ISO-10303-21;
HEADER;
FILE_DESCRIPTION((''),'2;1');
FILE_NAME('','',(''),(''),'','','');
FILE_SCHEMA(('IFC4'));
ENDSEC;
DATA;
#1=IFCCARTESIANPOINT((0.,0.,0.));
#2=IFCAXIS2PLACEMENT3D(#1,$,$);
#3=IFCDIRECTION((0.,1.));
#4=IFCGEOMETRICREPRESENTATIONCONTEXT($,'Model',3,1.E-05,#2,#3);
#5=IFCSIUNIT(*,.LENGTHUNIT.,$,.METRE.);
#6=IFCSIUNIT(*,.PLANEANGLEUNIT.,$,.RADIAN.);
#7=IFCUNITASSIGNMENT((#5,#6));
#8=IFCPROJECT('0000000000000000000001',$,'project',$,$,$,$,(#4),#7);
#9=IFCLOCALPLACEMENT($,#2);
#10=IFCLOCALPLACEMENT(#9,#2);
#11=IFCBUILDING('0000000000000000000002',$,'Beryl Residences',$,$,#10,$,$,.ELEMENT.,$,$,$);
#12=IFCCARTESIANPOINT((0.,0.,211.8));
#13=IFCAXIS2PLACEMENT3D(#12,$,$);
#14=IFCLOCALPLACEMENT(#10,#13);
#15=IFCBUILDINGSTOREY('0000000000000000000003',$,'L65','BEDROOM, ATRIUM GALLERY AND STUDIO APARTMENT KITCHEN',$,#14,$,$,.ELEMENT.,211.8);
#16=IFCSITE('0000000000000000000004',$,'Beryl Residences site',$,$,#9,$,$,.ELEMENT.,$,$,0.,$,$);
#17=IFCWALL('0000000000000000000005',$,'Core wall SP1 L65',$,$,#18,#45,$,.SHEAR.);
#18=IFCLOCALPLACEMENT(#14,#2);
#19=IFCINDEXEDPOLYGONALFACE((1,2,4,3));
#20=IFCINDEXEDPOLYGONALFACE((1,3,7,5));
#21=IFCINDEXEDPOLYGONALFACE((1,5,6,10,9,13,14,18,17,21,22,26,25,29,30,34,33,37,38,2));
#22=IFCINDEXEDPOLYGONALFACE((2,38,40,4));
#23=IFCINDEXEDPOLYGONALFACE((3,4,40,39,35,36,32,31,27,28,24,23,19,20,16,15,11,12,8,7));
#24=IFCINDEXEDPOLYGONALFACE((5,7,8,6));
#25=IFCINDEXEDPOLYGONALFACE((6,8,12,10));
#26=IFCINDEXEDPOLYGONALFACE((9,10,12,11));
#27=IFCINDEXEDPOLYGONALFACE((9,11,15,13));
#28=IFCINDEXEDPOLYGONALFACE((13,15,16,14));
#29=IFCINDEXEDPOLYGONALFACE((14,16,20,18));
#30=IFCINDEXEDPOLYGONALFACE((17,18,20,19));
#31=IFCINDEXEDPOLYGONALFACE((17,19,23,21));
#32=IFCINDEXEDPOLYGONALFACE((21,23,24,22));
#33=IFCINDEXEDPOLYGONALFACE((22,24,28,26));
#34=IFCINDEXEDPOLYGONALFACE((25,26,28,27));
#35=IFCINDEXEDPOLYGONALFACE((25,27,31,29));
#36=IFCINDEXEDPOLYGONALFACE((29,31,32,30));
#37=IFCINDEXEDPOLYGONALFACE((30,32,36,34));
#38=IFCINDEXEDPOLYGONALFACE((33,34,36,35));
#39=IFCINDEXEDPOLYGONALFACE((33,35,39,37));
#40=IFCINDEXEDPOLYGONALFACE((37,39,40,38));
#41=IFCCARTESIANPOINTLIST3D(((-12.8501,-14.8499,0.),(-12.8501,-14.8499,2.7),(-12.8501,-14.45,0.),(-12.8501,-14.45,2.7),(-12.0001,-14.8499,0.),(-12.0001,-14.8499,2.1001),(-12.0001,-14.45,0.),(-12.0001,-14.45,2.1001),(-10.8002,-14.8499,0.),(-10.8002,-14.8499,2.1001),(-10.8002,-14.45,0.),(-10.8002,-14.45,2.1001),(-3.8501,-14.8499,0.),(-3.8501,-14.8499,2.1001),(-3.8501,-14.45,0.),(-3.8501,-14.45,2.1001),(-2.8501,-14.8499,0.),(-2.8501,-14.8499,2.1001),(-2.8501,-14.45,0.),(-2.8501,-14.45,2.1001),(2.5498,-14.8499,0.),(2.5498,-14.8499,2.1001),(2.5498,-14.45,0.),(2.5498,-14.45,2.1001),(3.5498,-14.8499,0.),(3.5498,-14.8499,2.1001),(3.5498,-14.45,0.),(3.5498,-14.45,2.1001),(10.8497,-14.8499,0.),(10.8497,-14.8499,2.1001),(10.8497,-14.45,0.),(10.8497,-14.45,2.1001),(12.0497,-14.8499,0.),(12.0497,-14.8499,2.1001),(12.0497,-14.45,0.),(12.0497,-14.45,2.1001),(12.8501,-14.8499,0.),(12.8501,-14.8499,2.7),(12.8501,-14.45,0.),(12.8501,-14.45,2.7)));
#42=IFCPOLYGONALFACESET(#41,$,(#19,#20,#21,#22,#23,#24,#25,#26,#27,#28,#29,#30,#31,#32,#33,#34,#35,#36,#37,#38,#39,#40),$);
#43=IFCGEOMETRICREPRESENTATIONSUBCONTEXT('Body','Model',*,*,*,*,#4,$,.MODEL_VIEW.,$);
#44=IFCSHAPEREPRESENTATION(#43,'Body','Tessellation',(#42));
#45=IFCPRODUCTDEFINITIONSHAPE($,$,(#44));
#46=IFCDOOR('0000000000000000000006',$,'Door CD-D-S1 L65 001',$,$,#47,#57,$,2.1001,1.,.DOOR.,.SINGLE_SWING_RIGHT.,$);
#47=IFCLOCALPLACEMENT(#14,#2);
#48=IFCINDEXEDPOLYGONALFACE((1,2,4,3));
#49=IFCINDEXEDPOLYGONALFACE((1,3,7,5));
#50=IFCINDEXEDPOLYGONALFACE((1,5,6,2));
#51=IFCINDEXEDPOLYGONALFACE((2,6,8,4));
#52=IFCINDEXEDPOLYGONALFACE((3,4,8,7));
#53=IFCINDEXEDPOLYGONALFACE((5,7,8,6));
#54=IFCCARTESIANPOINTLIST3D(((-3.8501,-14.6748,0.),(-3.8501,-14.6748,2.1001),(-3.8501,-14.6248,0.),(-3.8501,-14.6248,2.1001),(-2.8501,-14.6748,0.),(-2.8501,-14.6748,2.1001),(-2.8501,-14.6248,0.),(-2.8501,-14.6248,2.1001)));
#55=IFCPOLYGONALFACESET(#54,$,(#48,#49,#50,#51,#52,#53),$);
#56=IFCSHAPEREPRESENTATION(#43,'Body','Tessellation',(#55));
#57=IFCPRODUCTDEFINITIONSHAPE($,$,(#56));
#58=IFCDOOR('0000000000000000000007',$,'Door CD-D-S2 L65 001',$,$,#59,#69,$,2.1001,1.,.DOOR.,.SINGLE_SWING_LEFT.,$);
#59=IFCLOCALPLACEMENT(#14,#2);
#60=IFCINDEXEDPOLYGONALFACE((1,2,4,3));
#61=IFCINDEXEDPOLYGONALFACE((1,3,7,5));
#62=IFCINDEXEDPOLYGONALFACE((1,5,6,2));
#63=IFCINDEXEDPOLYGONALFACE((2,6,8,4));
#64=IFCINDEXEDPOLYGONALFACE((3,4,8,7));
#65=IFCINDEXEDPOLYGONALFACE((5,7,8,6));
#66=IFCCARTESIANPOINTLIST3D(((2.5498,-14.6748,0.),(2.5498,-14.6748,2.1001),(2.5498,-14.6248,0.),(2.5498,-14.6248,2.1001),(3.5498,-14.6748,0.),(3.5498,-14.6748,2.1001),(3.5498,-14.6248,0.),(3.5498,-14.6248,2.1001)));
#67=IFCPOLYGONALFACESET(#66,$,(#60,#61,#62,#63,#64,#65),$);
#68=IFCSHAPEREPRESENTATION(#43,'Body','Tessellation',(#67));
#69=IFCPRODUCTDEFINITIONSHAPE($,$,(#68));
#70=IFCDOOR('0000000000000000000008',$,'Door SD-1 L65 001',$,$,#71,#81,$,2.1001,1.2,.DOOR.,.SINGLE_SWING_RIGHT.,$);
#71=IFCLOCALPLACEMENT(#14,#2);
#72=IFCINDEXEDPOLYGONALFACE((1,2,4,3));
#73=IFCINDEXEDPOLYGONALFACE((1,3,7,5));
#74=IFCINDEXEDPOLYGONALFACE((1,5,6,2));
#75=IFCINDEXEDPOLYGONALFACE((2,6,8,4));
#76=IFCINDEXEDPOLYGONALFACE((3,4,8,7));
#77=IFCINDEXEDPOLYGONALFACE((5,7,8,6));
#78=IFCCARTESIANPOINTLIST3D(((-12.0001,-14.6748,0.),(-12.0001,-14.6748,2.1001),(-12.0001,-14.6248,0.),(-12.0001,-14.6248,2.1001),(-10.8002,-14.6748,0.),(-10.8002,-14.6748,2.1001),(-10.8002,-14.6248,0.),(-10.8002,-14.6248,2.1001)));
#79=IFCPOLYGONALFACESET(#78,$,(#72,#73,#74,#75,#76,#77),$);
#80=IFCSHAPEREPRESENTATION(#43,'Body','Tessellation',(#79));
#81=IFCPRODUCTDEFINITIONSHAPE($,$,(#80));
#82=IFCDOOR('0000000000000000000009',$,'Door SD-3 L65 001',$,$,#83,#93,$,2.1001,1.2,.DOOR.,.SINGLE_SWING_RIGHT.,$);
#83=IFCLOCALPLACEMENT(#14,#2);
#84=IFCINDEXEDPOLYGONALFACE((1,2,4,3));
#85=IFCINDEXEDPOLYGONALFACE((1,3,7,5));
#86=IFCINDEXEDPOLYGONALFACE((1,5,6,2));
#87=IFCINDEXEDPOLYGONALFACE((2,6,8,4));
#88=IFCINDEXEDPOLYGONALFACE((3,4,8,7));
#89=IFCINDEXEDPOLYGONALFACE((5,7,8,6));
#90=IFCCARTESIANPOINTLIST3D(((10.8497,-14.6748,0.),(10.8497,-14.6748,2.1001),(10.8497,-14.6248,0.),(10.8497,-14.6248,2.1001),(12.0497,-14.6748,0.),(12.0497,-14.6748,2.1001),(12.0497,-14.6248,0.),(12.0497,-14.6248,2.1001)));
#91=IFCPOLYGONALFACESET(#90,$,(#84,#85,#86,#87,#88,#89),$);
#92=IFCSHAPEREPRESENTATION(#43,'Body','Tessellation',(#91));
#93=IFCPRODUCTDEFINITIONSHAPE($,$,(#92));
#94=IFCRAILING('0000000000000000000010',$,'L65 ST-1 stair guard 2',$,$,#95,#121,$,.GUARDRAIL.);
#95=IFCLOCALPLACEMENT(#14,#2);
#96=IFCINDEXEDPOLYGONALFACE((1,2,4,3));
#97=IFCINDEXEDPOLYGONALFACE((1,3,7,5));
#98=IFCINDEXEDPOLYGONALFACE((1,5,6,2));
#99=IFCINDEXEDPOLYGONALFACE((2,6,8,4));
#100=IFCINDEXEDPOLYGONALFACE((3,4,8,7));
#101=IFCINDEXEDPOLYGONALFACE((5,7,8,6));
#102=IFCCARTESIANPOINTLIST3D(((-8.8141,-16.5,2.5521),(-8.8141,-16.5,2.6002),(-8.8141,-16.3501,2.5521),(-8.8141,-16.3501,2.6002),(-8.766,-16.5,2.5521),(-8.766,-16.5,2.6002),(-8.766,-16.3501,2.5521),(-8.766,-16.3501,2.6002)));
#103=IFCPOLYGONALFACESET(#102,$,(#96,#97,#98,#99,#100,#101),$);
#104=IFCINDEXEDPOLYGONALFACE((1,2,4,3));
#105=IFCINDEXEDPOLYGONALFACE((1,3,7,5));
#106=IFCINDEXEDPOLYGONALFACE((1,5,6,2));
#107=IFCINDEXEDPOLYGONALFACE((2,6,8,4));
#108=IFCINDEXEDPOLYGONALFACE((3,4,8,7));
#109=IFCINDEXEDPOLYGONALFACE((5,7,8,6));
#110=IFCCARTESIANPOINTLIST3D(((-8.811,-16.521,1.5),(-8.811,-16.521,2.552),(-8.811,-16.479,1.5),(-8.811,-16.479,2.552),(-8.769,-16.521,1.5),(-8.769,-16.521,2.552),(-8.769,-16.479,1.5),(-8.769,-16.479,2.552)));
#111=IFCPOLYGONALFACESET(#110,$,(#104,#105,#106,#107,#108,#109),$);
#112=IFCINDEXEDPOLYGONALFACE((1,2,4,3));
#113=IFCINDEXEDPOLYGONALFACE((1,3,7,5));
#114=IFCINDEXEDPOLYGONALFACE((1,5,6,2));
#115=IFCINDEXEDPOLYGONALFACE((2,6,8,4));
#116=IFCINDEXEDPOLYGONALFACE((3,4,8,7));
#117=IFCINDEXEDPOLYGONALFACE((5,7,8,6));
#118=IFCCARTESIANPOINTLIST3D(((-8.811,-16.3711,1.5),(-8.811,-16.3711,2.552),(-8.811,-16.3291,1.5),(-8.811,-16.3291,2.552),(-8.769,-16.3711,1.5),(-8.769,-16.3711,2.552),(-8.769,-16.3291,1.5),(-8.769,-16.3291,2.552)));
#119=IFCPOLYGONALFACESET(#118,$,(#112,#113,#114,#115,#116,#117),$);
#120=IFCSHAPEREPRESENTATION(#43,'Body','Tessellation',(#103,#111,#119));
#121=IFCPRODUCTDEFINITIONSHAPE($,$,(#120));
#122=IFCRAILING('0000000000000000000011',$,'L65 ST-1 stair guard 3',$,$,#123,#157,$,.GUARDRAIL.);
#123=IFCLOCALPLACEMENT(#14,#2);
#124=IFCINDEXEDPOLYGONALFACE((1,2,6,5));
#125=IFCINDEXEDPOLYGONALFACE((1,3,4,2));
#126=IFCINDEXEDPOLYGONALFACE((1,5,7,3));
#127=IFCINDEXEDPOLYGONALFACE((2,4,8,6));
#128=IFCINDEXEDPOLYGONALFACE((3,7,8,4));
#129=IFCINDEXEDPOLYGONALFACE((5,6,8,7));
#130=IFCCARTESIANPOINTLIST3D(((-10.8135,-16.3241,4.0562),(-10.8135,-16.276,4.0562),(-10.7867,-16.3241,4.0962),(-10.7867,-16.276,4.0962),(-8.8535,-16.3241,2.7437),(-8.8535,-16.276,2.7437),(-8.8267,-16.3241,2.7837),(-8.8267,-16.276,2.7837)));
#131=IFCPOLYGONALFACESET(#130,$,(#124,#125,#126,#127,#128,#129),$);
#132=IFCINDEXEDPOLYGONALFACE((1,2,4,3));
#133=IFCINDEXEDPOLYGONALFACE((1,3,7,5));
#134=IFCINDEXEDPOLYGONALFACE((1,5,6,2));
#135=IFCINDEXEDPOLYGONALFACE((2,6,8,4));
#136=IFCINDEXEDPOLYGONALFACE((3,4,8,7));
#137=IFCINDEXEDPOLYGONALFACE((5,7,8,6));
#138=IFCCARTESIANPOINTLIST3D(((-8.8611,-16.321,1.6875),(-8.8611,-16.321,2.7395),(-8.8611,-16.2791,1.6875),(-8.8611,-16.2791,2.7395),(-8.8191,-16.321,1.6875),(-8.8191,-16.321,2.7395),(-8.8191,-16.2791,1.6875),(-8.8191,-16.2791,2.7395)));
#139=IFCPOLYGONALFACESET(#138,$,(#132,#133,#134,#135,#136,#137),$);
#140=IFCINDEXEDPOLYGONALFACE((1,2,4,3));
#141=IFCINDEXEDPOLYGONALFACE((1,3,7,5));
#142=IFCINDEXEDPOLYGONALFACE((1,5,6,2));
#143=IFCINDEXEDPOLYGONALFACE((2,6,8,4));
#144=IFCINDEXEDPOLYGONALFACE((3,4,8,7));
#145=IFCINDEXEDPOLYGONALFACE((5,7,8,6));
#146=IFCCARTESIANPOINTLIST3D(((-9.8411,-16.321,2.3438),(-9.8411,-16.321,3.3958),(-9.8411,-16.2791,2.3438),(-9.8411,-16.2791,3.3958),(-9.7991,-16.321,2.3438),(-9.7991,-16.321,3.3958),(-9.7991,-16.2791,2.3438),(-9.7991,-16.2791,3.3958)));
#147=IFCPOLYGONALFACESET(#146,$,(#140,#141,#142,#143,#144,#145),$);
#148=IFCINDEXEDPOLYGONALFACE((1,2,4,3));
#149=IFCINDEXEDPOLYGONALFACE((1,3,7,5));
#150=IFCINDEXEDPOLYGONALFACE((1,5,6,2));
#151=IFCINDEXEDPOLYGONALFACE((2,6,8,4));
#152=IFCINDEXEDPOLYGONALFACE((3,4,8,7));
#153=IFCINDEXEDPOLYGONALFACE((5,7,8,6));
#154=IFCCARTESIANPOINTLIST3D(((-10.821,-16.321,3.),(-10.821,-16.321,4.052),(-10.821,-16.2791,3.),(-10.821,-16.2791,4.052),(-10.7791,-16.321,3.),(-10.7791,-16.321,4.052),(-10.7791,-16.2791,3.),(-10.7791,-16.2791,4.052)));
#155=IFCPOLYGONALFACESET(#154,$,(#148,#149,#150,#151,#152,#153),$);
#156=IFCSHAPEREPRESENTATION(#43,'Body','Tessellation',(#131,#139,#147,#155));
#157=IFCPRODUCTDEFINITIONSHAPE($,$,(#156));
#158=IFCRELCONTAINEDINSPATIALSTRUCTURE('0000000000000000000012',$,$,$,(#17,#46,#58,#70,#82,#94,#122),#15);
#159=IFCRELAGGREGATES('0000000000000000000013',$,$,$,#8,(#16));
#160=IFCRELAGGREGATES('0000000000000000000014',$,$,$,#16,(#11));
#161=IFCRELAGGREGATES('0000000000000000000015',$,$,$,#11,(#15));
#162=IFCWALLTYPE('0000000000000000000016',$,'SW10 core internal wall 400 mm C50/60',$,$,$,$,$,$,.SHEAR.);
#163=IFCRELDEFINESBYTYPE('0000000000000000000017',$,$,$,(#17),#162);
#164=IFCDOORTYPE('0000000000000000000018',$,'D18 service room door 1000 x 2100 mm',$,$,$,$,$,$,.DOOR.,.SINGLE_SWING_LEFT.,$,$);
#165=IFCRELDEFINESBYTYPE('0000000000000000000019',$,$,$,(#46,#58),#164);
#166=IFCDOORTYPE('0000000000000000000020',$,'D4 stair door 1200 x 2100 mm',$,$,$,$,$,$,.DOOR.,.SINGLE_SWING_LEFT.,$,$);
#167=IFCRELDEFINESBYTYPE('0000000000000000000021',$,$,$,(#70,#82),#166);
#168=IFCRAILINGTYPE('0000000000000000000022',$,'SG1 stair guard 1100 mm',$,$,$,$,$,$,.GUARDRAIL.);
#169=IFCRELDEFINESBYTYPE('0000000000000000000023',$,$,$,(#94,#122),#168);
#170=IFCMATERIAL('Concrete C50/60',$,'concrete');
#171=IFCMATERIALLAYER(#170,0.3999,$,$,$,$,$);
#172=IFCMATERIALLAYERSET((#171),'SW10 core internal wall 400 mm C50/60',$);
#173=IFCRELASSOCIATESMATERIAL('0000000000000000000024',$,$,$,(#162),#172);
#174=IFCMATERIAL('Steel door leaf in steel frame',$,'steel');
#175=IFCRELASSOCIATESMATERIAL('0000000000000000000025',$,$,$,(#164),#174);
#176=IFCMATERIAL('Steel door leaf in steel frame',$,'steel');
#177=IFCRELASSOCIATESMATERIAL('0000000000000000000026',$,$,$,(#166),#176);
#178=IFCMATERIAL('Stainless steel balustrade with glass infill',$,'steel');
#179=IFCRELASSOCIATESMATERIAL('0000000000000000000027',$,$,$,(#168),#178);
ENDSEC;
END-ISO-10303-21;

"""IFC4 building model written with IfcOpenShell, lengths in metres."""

from ifc_helpers import new_model, si_unit, direction, frame, frame_2d, origin, origin_2d, place, context, subcontext, project, spatial, rectangle, extrude, material, layer, layer_set, type_object, element, fill, save


model = new_model("IFC4")

# Units and contexts
model_context = context("Model", 3, precision=1e-05, world=origin(), true_north=direction((0.0, 1.0)))
body_context = subcontext(model_context, "Body", "Model", "MODEL_VIEW")
ifc_project = project(units=[si_unit("LENGTHUNIT", "METRE"), si_unit("PLANEANGLEUNIT", "RADIAN")], contexts=[model_context])

# Site, building, storey
site_placement = place(None, origin())
site = spatial("IfcSite", under=ifc_project, at=site_placement, Name="Beryl Residences site", CompositionType="ELEMENT", RefElevation=0.0)
building_placement = place(site_placement, origin())
building = spatial("IfcBuilding", under=site, at=building_placement, Name="Beryl Residences", CompositionType="ELEMENT")
storey_placement = place(building_placement, frame((0.0, 0.0, 211.8)))
storey = spatial("IfcBuildingStorey", under=building, at=storey_placement, Name="L65", Description="BEDROOM, ATRIUM GALLERY AND STUDIO APARTMENT KITCHEN", CompositionType="ELEMENT", Elevation=211.8)

# Wall, openings, doors
ifc_material_1 = material(Name="Concrete C50/60", Category="concrete")
ifc_layer_1 = layer(ifc_material_1, 0.3999)
ifc_layer_set_1 = layer_set([ifc_layer_1], Name="SW10 core internal wall 400 mm C50/60")
wall_type_1 = type_object("IfcWallType", Name="SW10 core internal wall 400 mm C50/60", PredefinedType="SHEAR", material=ifc_layer_set_1)
wall_1_placement = place(storey_placement, frame((-12.8501, -14.6499, 0.0), z_axis=(0.0, 0.0, 1.0), x_axis=(1.0, 0.0, 0.0)))
wall_1 = element("IfcWall", 1, at=wall_1_placement, inside=storey, type_object=wall_type_1, Name="Core wall SP1 L65", PredefinedType="SHEAR", context=body_context, shape_type="SweptSolid", body=[
    extrude(rectangle(XDim=25.7002, YDim=0.3999, at=frame_2d((12.8501, 0.0))), origin(), (0.0, 0.0, 1.0), 2.7),
])
opening_1_placement = place(wall_1_placement, frame((2.05, 0.0, 0.0), z_axis=(0.0, 0.0, 1.0), x_axis=(-1.0, 0.0, 0.0)))
opening_1 = element("IfcOpeningElement", 2, at=opening_1_placement, cuts=wall_1, PredefinedType="OPENING", context=body_context, shape_type="SweptSolid", body=[
    extrude(rectangle(XDim=1.2, YDim=2.1001, at=frame_2d((0.6001, 1.05))), frame((0.0, 0.21, 0.0), z_axis=(0.0, -1.0, 0.0), x_axis=(1.0, 0.0, 0.0)), (0.0, 0.0, 1.0), 0.4199),
])
opening_2_placement = place(wall_1_placement, frame((24.8999, 0.0, 0.0), z_axis=(0.0, 0.0, 1.0), x_axis=(-1.0, 0.0, 0.0)))
opening_2 = element("IfcOpeningElement", 3, at=opening_2_placement, cuts=wall_1, PredefinedType="OPENING", context=body_context, shape_type="SweptSolid", body=[
    extrude(rectangle(XDim=1.2, YDim=2.1001, at=frame_2d((0.6001, 1.05))), frame((0.0, 0.21, 0.0), z_axis=(0.0, -1.0, 0.0), x_axis=(1.0, 0.0, 0.0)), (0.0, 0.0, 1.0), 0.4199),
])
opening_3_placement = place(wall_1_placement, frame((10.0, 0.0, 0.0), z_axis=(0.0, 0.0, 1.0), x_axis=(-1.0, 0.0, 0.0)))
opening_3 = element("IfcOpeningElement", 4, at=opening_3_placement, cuts=wall_1, PredefinedType="OPENING", context=body_context, shape_type="SweptSolid", body=[
    extrude(rectangle(XDim=1.0, YDim=2.1001, at=frame_2d((0.5, 1.05))), frame((0.0, 0.21, 0.0), z_axis=(0.0, -1.0, 0.0), x_axis=(1.0, 0.0, 0.0)), (0.0, 0.0, 1.0), 0.4199),
])
opening_4_placement = place(wall_1_placement, frame((16.3999, 0.0, 0.0), z_axis=(0.0, 0.0, 1.0), x_axis=(-1.0, 0.0, 0.0)))
opening_4 = element("IfcOpeningElement", 5, at=opening_4_placement, cuts=wall_1, PredefinedType="OPENING", context=body_context, shape_type="SweptSolid", body=[
    extrude(rectangle(XDim=1.0, YDim=2.1001, at=frame_2d((0.5, 1.05))), frame((0.0, 0.21, 0.0), z_axis=(0.0, -1.0, 0.0), x_axis=(1.0, 0.0, 0.0)), (0.0, 0.0, 1.0), 0.4199),
])
ifc_material_2 = material(Name="Steel door leaf in steel frame", Category="steel")
door_type_1 = type_object("IfcDoorType", Name="D18 service room door 1000 x 2100 mm", OperationType="SINGLE_SWING_LEFT", PredefinedType="DOOR", material=ifc_material_2)
door_1_placement = place(opening_3_placement, origin())
door_1 = element("IfcDoor", 6, at=door_1_placement, inside=storey, type_object=door_type_1, Name="Door CD-D-S1 L65 001", OperationType="SINGLE_SWING_RIGHT", OverallHeight=2.1001, OverallWidth=1.0, PredefinedType="DOOR", context=body_context, shape_type="SweptSolid", body=[
    extrude(rectangle(XDim=1.0, YDim=2.1001, at=frame_2d((0.5, 1.05))), frame((0.0, 0.0249, 0.0), z_axis=(0.0, -1.0, 0.0), x_axis=(1.0, 0.0, 0.0)), (0.0, 0.0, 1.0), 0.05),
])
fill(opening_3, door_1)
door_2_placement = place(opening_4_placement, origin())
door_2 = element("IfcDoor", 7, at=door_2_placement, inside=storey, type_object=door_type_1, Name="Door CD-D-S2 L65 001", OperationType="SINGLE_SWING_LEFT", OverallHeight=2.1001, OverallWidth=1.0, PredefinedType="DOOR", context=body_context, shape_type="SweptSolid", body=[
    extrude(rectangle(XDim=1.0, YDim=2.1001, at=frame_2d((0.5, 1.05))), frame((0.0, 0.0249, 0.0), z_axis=(0.0, -1.0, 0.0), x_axis=(1.0, 0.0, 0.0)), (0.0, 0.0, 1.0), 0.05),
])
fill(opening_4, door_2)
ifc_material_3 = material(Name="Steel door leaf in steel frame", Category="steel")
door_type_2 = type_object("IfcDoorType", Name="D4 stair door 1200 x 2100 mm", OperationType="SINGLE_SWING_LEFT", PredefinedType="DOOR", material=ifc_material_3)
door_3_placement = place(opening_1_placement, origin())
door_3 = element("IfcDoor", 8, at=door_3_placement, inside=storey, type_object=door_type_2, Name="Door SD-1 L65 001", OperationType="SINGLE_SWING_RIGHT", OverallHeight=2.1001, OverallWidth=1.2, PredefinedType="DOOR", context=body_context, shape_type="SweptSolid", body=[
    extrude(rectangle(XDim=1.2, YDim=2.1001, at=frame_2d((0.6001, 1.05))), frame((0.0, 0.0249, 0.0), z_axis=(0.0, -1.0, 0.0), x_axis=(1.0, 0.0, 0.0)), (0.0, 0.0, 1.0), 0.05),
])
fill(opening_1, door_3)
door_4_placement = place(opening_2_placement, origin())
door_4 = element("IfcDoor", 9, at=door_4_placement, inside=storey, type_object=door_type_2, Name="Door SD-3 L65 001", OperationType="SINGLE_SWING_RIGHT", OverallHeight=2.1001, OverallWidth=1.2, PredefinedType="DOOR", context=body_context, shape_type="SweptSolid", body=[
    extrude(rectangle(XDim=1.2, YDim=2.1001, at=frame_2d((0.6001, 1.05))), frame((0.0, 0.0249, 0.0), z_axis=(0.0, -1.0, 0.0), x_axis=(1.0, 0.0, 0.0)), (0.0, 0.0, 1.0), 0.05),
])
fill(opening_2, door_4)

# Railings
ifc_material_4 = material(Name="Stainless steel balustrade with glass infill", Category="steel")
railing_type_1 = type_object("IfcRailingType", Name="SG1 stair guard 1100 mm", PredefinedType="GUARDRAIL", material=ifc_material_4)
railing_1_placement = place(storey_placement, frame((-8.79, -16.5, 1.5)))
element("IfcRailing", 10, at=railing_1_placement, inside=storey, type_object=railing_type_1, Name="L65 ST-1 stair guard 2", PredefinedType="GUARDRAIL", context=body_context, shape_type="SweptSolid", body=[
    extrude(rectangle(XDim=0.0481, YDim=0.0481, at=origin_2d()), frame((0.0, 0.0, 1.0762), z_axis=(0.0, 1.0, 0.0), x_axis=(-1.0, 0.0, 0.0)), (0.0, 0.0, 1.0), 0.1499),
    extrude(rectangle(XDim=0.042, YDim=0.042, at=origin_2d()), origin(), (0.0, 0.0, 1.0), 1.052),
    extrude(rectangle(XDim=0.042, YDim=0.042, at=origin_2d()), frame((0.0, 0.1499, 0.0)), (0.0, 0.0, 1.0), 1.052),
])
railing_2_placement = place(storey_placement, frame((-8.8401, -16.3, 1.6875)))
element("IfcRailing", 11, at=railing_2_placement, inside=storey, type_object=railing_type_1, Name="L65 ST-1 stair guard 3", PredefinedType="GUARDRAIL", context=body_context, shape_type="SweptSolid", body=[
    extrude(rectangle(XDim=0.0481, YDim=0.0481, at=origin_2d()), frame((0.0, 0.0, 1.0762), z_axis=(-0.830902, 0.0, 0.556419), x_axis=(0.0, -1.0, 0.0)), (0.0, 0.0, 1.0), 2.3589),
    extrude(rectangle(XDim=0.042, YDim=0.042, at=origin_2d()), origin(), (0.0, 0.0, 1.0), 1.052),
    extrude(rectangle(XDim=0.042, YDim=0.042, at=origin_2d()), frame((-0.98, 0.0, 0.6562)), (0.0, 0.0, 1.0), 1.052),
    extrude(rectangle(XDim=0.042, YDim=0.042, at=origin_2d()), frame((-1.96, 0.0, 1.3125)), (0.0, 0.0, 1.0), 1.052),
])

save(model, "model.ifc")
